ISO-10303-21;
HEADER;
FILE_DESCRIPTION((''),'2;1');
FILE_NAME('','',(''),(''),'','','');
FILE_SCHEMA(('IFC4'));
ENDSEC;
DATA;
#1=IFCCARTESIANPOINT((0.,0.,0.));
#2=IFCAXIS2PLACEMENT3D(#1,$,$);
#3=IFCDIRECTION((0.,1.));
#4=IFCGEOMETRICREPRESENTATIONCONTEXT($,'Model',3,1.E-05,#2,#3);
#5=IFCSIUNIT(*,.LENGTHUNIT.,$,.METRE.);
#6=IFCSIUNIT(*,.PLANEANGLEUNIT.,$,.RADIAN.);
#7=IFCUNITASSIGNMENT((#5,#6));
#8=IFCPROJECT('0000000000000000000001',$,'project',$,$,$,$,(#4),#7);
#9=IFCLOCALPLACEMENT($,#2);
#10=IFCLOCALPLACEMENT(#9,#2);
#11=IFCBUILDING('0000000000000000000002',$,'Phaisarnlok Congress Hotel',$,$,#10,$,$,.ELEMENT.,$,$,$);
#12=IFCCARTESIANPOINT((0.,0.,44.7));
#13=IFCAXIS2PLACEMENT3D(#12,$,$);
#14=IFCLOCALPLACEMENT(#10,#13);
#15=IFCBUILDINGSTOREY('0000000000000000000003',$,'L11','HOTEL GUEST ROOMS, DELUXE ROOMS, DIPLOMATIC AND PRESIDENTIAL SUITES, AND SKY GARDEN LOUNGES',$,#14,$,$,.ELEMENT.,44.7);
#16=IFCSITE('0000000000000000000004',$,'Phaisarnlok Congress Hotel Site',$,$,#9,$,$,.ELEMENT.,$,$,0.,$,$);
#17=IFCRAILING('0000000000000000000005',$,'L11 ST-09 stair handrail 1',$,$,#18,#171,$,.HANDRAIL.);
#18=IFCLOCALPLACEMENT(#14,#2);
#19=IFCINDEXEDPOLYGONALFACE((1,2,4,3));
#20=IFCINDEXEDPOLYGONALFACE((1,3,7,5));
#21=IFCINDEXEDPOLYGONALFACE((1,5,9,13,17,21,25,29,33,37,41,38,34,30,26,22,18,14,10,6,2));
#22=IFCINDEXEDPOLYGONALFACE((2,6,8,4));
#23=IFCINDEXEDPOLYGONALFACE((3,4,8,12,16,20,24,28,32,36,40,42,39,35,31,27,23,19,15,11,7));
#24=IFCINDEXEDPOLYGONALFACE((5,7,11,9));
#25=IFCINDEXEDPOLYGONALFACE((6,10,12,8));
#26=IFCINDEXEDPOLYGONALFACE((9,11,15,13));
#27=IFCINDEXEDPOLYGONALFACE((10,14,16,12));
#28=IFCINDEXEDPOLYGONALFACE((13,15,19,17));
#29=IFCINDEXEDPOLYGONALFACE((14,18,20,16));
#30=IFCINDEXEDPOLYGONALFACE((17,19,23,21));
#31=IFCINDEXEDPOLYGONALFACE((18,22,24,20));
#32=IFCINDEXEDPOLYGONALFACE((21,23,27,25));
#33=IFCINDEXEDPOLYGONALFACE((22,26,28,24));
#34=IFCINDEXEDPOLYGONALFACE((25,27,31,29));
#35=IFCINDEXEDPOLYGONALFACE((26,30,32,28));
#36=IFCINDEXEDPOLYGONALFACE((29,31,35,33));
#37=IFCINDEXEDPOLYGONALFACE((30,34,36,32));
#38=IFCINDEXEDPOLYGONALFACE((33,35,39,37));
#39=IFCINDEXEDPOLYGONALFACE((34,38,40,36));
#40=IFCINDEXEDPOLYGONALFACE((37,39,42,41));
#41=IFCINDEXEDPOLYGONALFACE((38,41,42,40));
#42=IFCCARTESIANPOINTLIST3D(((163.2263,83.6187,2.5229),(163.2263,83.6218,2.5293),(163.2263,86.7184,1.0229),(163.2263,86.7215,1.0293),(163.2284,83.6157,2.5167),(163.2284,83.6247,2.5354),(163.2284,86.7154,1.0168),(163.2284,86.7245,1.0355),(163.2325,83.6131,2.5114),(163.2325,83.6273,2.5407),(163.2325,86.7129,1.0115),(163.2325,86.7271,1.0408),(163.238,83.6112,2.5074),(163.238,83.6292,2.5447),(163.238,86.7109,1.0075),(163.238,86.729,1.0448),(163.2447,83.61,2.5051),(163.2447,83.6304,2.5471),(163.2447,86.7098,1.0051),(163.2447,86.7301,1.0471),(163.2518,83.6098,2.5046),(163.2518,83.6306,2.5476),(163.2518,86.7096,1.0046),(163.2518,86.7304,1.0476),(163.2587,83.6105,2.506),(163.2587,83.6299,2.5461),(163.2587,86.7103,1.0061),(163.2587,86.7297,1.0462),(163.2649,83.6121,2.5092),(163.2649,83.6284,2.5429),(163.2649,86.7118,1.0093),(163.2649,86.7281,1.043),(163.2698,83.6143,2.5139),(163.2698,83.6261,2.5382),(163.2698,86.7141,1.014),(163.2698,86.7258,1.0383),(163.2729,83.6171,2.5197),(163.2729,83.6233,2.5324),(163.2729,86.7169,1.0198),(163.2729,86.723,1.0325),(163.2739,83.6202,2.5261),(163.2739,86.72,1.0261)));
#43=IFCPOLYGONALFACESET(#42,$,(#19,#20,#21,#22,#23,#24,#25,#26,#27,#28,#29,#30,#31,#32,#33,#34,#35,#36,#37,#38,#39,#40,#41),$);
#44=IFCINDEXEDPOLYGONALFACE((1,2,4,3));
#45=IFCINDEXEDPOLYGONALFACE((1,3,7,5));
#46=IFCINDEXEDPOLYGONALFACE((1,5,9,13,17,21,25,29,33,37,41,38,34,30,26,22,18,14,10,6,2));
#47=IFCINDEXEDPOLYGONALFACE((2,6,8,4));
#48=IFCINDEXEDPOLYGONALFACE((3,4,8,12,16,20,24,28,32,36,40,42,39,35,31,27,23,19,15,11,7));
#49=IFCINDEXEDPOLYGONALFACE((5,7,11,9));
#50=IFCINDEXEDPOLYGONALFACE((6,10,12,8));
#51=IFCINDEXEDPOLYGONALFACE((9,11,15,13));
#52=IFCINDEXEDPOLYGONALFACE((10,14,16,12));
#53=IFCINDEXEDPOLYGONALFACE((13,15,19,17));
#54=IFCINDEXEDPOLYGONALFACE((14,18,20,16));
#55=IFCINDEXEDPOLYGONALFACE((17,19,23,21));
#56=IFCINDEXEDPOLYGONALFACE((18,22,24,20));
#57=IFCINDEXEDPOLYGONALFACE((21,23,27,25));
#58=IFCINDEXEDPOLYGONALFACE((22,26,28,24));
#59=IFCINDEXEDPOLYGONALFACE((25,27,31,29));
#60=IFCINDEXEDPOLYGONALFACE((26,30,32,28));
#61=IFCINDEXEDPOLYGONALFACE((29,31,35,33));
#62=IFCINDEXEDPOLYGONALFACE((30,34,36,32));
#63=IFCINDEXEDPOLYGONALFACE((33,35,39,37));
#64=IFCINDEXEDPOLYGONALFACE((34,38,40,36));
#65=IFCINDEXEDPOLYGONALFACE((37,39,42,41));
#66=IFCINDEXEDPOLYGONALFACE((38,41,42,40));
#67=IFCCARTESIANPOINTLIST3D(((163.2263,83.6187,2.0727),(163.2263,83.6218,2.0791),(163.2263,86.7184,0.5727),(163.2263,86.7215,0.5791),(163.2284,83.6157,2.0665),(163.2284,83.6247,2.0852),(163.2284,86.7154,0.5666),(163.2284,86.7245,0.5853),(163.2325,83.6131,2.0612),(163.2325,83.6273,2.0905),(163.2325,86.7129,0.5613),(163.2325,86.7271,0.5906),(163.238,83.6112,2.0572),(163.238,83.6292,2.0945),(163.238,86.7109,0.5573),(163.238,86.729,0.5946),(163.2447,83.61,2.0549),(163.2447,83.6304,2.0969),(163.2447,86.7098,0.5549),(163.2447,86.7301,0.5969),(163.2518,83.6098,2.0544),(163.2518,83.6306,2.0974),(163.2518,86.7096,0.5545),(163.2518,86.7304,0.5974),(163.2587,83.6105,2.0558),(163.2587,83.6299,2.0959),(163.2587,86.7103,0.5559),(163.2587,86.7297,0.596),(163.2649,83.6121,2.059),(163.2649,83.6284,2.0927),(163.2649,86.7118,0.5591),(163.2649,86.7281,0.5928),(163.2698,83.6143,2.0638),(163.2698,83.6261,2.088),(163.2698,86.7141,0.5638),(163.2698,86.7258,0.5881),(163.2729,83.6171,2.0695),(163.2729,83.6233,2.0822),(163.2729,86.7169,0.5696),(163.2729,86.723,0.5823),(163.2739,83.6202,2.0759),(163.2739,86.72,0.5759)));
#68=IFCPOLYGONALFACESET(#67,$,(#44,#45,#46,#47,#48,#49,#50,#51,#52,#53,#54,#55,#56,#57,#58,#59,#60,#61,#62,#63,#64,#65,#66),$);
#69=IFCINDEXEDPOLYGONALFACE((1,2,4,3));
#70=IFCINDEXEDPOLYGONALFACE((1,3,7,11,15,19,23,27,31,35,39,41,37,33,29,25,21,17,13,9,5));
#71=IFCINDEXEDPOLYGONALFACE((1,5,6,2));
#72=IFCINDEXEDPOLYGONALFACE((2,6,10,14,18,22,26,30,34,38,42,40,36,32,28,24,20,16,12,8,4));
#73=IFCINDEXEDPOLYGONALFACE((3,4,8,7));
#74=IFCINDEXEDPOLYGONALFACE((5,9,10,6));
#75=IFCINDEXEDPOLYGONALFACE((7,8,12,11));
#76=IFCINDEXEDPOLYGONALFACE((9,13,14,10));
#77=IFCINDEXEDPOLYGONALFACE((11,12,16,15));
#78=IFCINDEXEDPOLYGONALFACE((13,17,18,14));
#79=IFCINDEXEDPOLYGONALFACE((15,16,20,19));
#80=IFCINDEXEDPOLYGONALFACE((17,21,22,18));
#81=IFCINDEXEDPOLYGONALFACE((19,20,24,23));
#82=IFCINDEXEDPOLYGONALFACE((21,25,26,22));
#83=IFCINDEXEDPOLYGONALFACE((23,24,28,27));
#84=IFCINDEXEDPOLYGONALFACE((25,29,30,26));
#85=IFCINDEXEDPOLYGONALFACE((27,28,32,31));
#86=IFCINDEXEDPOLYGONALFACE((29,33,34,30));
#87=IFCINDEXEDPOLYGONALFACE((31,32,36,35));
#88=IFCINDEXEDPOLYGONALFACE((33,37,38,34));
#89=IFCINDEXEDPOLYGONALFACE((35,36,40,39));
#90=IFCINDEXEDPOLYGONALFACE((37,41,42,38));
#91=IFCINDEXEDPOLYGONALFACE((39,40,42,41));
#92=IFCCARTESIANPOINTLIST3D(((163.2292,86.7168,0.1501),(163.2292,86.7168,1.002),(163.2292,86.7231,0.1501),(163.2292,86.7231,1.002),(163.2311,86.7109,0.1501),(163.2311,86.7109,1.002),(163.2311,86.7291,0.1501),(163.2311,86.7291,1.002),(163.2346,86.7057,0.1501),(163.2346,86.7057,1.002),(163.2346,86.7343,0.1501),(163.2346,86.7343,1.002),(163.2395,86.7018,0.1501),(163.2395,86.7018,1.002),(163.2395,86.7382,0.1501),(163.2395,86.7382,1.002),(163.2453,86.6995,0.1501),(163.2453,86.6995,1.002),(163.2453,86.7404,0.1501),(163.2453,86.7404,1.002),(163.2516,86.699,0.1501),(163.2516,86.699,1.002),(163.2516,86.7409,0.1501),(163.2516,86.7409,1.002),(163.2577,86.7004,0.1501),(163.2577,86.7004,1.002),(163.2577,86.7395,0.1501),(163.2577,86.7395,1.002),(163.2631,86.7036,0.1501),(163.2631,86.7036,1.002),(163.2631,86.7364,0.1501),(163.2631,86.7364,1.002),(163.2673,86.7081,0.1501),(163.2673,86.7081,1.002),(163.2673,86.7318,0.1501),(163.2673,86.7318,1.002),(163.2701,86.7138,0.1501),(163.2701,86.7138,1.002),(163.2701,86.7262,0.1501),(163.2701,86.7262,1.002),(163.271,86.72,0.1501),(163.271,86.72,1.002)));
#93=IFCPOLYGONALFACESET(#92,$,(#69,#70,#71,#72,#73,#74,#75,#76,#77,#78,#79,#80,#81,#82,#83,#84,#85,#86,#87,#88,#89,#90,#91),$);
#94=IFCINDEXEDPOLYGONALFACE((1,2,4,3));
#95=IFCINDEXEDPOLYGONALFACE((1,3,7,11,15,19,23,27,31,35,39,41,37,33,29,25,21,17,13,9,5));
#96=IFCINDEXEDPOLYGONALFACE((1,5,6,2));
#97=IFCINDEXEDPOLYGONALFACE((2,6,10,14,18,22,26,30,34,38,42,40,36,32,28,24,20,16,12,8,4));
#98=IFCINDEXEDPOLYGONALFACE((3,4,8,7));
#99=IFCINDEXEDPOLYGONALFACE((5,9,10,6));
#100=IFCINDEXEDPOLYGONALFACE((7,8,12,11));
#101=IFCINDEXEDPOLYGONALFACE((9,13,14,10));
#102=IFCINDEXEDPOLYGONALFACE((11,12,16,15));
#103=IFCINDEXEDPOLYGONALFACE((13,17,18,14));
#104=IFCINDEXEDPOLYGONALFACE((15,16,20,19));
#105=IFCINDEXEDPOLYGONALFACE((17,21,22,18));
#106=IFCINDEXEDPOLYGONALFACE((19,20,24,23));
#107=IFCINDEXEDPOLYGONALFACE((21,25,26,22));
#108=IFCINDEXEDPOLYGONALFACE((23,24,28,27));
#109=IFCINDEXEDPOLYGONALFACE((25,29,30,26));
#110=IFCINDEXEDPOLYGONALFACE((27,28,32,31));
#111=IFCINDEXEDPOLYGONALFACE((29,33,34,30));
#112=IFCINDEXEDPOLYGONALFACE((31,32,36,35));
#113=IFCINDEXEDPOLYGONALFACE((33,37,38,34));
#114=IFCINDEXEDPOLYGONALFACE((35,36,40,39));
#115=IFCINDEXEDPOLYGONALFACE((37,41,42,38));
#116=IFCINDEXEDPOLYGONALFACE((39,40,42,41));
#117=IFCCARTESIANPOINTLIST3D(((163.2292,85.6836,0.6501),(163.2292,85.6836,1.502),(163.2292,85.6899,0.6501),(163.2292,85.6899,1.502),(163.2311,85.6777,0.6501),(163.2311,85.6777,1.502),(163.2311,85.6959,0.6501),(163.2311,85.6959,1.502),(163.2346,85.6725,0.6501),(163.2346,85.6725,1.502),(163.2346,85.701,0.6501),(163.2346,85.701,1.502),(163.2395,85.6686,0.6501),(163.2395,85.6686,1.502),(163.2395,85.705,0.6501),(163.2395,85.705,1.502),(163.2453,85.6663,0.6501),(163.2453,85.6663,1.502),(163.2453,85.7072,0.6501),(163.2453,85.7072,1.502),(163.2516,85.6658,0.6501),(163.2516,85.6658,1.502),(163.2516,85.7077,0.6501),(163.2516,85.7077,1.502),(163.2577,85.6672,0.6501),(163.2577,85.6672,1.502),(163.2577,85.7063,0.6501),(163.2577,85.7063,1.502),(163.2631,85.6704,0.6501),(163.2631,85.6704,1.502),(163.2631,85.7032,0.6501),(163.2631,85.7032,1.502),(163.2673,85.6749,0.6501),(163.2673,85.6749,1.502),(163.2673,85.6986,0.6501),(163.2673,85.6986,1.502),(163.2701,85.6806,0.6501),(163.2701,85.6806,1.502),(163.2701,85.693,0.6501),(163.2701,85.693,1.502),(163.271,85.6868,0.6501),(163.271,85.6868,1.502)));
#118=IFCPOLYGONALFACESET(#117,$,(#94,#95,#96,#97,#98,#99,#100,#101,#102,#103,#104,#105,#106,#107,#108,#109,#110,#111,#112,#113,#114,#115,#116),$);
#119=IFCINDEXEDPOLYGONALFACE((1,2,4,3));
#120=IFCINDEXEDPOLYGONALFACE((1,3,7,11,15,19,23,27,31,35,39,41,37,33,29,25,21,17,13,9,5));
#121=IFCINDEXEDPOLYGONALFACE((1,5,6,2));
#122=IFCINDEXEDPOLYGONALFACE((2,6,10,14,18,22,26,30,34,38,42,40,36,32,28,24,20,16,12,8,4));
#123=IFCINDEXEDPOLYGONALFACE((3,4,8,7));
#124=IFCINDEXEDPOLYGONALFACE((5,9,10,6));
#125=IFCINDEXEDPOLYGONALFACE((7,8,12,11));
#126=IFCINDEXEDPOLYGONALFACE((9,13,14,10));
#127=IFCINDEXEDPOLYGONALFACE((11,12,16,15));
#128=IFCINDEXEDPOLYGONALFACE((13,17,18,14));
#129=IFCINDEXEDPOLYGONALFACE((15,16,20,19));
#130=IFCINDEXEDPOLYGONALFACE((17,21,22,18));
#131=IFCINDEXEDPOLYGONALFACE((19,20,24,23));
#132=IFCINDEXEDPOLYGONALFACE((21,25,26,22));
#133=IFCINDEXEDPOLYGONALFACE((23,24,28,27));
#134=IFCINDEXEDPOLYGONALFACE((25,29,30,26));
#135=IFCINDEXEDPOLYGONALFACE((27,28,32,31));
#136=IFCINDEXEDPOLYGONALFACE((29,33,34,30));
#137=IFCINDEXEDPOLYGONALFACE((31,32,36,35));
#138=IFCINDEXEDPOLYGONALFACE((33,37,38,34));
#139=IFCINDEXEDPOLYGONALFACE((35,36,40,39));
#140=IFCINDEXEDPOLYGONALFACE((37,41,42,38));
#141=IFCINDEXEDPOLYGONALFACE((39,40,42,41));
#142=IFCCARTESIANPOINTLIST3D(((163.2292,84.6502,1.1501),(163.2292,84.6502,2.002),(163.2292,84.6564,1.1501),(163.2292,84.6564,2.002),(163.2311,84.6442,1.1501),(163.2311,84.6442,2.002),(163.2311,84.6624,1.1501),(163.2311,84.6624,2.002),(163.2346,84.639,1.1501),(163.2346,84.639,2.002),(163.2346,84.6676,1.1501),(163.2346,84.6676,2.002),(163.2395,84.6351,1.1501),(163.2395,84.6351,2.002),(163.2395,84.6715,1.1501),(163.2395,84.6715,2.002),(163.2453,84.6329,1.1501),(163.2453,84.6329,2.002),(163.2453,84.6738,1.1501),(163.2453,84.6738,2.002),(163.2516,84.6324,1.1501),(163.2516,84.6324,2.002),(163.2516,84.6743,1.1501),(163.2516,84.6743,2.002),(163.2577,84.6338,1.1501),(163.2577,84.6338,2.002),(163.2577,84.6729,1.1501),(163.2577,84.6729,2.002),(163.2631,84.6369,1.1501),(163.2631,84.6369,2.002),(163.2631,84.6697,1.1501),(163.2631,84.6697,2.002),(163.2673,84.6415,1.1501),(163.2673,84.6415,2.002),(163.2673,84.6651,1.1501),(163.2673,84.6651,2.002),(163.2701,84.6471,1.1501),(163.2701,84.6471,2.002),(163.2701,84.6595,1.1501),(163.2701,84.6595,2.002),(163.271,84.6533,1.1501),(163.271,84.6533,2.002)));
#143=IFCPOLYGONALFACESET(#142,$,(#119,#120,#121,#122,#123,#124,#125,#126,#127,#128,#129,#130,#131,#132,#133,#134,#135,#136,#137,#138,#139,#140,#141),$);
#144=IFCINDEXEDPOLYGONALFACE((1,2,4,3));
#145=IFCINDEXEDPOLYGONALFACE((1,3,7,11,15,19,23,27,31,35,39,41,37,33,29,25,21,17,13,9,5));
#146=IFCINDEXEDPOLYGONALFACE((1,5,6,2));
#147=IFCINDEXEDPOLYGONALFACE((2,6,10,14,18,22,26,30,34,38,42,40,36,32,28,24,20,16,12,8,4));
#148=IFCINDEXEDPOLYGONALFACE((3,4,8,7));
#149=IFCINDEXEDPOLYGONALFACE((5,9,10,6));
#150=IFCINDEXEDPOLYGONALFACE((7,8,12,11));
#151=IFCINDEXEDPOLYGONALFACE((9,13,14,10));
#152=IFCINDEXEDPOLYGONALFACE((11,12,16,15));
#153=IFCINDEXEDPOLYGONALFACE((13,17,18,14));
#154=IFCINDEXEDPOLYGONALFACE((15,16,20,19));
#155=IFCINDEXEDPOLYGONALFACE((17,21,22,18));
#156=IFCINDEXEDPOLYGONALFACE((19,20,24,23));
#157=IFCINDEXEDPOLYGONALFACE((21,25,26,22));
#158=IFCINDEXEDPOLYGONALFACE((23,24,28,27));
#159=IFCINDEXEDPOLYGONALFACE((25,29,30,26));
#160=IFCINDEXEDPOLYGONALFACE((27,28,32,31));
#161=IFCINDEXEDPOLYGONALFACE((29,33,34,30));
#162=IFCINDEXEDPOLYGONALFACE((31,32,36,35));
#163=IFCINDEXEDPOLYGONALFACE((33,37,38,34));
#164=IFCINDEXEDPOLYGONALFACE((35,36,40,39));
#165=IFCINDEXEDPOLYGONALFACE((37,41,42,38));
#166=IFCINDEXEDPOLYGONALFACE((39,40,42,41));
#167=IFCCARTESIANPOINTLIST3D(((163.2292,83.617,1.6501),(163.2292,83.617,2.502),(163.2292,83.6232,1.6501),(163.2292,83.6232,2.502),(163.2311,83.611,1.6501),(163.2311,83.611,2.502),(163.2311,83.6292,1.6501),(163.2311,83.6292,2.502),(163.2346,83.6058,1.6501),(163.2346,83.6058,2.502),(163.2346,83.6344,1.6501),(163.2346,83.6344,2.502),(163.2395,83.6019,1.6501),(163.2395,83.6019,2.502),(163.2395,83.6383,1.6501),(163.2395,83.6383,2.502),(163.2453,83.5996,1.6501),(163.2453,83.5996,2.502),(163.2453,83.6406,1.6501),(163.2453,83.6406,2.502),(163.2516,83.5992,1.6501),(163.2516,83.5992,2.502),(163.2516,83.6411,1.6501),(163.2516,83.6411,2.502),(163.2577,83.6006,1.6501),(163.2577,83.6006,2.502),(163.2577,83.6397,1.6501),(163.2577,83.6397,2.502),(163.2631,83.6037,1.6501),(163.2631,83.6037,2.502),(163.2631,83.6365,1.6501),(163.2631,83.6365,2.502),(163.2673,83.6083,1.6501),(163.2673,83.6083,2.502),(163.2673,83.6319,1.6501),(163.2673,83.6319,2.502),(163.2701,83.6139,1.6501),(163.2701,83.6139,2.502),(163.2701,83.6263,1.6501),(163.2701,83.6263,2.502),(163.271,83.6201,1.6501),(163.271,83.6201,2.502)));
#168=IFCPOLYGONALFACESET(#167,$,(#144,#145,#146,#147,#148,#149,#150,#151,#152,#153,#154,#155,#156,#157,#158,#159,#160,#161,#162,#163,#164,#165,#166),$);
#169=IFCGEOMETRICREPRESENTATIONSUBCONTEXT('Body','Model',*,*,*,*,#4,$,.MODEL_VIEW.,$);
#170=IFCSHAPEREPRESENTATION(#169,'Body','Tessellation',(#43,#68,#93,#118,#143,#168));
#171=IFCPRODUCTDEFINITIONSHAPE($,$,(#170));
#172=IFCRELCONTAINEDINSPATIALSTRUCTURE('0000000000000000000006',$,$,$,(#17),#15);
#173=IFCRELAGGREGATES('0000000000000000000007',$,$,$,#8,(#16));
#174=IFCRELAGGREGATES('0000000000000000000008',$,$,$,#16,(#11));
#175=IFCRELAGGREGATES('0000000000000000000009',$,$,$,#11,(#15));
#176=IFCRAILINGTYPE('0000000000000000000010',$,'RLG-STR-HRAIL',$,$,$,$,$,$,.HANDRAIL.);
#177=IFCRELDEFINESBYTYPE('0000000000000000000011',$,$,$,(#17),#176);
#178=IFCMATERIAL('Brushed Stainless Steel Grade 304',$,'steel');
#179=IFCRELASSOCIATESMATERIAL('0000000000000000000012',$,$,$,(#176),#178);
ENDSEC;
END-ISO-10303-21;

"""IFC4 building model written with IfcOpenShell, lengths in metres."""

from ifc_helpers import new_model, si_unit, direction, frame, origin, origin_2d, place, context, subcontext, project, spatial, circle, extrude, material, type_object, element, save


model = new_model("IFC4")

# Units and contexts
model_context = context("Model", 3, precision=1e-05, world=origin(), true_north=direction((0.0, 1.0)))
body_context = subcontext(model_context, "Body", "Model", "MODEL_VIEW")
ifc_project = project(units=[si_unit("LENGTHUNIT", "METRE"), si_unit("PLANEANGLEUNIT", "RADIAN")], contexts=[model_context])

# Site, building, storey
site_placement = place(None, origin())
site = spatial("IfcSite", under=ifc_project, at=site_placement, Name="Phaisarnlok Congress Hotel Site", CompositionType="ELEMENT", RefElevation=0.0)
building_placement = place(site_placement, origin())
building = spatial("IfcBuilding", under=site, at=building_placement, Name="Phaisarnlok Congress Hotel", CompositionType="ELEMENT")
storey_placement = place(building_placement, frame((0.0, 0.0, 44.7)))
storey = spatial("IfcBuildingStorey", under=building, at=storey_placement, Name="L11", Description="HOTEL GUEST ROOMS, DELUXE ROOMS, DIPLOMATIC AND PRESIDENTIAL SUITES, AND SKY GARDEN LOUNGES", CompositionType="ELEMENT", Elevation=44.7)

# Shared definitions
ifc_material_1 = material(Name="Brushed Stainless Steel Grade 304", Category="steel")

# Railing
railing_type_1 = type_object("IfcRailingType", Name="RLG-STR-HRAIL", PredefinedType="HANDRAIL", material=ifc_material_1)
railing_1_placement = place(storey_placement, frame((163.25, 86.72, 0.1501)))
element("IfcRailing", 1, at=railing_1_placement, inside=storey, type_object=railing_type_1, Name="L11 ST-09 stair handrail 1", PredefinedType="HANDRAIL", context=body_context, shape_type="SweptSolid", body=[
    extrude(circle(Radius=0.0239, at=origin_2d()), frame((0.0, 0.0, 0.876), z_axis=(0.0, -0.900151, 0.435578), x_axis=(1.0, 0.0, 0.0)), (0.0, 0.0, 1.0), 3.4436),
    extrude(circle(Radius=0.0239, at=origin_2d()), frame((0.0, 0.0, 0.4258), z_axis=(0.0, -0.900151, 0.435578), x_axis=(1.0, 0.0, 0.0)), (0.0, 0.0, 1.0), 3.4436),
    extrude(circle(Radius=0.021, at=origin_2d()), origin(), (0.0, 0.0, 1.0), 0.8518),
    extrude(circle(Radius=0.021, at=origin_2d()), frame((0.0, -1.0332, 0.5)), (0.0, 0.0, 1.0), 0.8518),
    extrude(circle(Radius=0.021, at=origin_2d()), frame((0.0, -2.0667, 1.0)), (0.0, 0.0, 1.0), 0.8518),
    extrude(circle(Radius=0.021, at=origin_2d()), frame((0.0, -3.0999, 1.5)), (0.0, 0.0, 1.0), 0.8518),
])

save(model, "model.ifc")
